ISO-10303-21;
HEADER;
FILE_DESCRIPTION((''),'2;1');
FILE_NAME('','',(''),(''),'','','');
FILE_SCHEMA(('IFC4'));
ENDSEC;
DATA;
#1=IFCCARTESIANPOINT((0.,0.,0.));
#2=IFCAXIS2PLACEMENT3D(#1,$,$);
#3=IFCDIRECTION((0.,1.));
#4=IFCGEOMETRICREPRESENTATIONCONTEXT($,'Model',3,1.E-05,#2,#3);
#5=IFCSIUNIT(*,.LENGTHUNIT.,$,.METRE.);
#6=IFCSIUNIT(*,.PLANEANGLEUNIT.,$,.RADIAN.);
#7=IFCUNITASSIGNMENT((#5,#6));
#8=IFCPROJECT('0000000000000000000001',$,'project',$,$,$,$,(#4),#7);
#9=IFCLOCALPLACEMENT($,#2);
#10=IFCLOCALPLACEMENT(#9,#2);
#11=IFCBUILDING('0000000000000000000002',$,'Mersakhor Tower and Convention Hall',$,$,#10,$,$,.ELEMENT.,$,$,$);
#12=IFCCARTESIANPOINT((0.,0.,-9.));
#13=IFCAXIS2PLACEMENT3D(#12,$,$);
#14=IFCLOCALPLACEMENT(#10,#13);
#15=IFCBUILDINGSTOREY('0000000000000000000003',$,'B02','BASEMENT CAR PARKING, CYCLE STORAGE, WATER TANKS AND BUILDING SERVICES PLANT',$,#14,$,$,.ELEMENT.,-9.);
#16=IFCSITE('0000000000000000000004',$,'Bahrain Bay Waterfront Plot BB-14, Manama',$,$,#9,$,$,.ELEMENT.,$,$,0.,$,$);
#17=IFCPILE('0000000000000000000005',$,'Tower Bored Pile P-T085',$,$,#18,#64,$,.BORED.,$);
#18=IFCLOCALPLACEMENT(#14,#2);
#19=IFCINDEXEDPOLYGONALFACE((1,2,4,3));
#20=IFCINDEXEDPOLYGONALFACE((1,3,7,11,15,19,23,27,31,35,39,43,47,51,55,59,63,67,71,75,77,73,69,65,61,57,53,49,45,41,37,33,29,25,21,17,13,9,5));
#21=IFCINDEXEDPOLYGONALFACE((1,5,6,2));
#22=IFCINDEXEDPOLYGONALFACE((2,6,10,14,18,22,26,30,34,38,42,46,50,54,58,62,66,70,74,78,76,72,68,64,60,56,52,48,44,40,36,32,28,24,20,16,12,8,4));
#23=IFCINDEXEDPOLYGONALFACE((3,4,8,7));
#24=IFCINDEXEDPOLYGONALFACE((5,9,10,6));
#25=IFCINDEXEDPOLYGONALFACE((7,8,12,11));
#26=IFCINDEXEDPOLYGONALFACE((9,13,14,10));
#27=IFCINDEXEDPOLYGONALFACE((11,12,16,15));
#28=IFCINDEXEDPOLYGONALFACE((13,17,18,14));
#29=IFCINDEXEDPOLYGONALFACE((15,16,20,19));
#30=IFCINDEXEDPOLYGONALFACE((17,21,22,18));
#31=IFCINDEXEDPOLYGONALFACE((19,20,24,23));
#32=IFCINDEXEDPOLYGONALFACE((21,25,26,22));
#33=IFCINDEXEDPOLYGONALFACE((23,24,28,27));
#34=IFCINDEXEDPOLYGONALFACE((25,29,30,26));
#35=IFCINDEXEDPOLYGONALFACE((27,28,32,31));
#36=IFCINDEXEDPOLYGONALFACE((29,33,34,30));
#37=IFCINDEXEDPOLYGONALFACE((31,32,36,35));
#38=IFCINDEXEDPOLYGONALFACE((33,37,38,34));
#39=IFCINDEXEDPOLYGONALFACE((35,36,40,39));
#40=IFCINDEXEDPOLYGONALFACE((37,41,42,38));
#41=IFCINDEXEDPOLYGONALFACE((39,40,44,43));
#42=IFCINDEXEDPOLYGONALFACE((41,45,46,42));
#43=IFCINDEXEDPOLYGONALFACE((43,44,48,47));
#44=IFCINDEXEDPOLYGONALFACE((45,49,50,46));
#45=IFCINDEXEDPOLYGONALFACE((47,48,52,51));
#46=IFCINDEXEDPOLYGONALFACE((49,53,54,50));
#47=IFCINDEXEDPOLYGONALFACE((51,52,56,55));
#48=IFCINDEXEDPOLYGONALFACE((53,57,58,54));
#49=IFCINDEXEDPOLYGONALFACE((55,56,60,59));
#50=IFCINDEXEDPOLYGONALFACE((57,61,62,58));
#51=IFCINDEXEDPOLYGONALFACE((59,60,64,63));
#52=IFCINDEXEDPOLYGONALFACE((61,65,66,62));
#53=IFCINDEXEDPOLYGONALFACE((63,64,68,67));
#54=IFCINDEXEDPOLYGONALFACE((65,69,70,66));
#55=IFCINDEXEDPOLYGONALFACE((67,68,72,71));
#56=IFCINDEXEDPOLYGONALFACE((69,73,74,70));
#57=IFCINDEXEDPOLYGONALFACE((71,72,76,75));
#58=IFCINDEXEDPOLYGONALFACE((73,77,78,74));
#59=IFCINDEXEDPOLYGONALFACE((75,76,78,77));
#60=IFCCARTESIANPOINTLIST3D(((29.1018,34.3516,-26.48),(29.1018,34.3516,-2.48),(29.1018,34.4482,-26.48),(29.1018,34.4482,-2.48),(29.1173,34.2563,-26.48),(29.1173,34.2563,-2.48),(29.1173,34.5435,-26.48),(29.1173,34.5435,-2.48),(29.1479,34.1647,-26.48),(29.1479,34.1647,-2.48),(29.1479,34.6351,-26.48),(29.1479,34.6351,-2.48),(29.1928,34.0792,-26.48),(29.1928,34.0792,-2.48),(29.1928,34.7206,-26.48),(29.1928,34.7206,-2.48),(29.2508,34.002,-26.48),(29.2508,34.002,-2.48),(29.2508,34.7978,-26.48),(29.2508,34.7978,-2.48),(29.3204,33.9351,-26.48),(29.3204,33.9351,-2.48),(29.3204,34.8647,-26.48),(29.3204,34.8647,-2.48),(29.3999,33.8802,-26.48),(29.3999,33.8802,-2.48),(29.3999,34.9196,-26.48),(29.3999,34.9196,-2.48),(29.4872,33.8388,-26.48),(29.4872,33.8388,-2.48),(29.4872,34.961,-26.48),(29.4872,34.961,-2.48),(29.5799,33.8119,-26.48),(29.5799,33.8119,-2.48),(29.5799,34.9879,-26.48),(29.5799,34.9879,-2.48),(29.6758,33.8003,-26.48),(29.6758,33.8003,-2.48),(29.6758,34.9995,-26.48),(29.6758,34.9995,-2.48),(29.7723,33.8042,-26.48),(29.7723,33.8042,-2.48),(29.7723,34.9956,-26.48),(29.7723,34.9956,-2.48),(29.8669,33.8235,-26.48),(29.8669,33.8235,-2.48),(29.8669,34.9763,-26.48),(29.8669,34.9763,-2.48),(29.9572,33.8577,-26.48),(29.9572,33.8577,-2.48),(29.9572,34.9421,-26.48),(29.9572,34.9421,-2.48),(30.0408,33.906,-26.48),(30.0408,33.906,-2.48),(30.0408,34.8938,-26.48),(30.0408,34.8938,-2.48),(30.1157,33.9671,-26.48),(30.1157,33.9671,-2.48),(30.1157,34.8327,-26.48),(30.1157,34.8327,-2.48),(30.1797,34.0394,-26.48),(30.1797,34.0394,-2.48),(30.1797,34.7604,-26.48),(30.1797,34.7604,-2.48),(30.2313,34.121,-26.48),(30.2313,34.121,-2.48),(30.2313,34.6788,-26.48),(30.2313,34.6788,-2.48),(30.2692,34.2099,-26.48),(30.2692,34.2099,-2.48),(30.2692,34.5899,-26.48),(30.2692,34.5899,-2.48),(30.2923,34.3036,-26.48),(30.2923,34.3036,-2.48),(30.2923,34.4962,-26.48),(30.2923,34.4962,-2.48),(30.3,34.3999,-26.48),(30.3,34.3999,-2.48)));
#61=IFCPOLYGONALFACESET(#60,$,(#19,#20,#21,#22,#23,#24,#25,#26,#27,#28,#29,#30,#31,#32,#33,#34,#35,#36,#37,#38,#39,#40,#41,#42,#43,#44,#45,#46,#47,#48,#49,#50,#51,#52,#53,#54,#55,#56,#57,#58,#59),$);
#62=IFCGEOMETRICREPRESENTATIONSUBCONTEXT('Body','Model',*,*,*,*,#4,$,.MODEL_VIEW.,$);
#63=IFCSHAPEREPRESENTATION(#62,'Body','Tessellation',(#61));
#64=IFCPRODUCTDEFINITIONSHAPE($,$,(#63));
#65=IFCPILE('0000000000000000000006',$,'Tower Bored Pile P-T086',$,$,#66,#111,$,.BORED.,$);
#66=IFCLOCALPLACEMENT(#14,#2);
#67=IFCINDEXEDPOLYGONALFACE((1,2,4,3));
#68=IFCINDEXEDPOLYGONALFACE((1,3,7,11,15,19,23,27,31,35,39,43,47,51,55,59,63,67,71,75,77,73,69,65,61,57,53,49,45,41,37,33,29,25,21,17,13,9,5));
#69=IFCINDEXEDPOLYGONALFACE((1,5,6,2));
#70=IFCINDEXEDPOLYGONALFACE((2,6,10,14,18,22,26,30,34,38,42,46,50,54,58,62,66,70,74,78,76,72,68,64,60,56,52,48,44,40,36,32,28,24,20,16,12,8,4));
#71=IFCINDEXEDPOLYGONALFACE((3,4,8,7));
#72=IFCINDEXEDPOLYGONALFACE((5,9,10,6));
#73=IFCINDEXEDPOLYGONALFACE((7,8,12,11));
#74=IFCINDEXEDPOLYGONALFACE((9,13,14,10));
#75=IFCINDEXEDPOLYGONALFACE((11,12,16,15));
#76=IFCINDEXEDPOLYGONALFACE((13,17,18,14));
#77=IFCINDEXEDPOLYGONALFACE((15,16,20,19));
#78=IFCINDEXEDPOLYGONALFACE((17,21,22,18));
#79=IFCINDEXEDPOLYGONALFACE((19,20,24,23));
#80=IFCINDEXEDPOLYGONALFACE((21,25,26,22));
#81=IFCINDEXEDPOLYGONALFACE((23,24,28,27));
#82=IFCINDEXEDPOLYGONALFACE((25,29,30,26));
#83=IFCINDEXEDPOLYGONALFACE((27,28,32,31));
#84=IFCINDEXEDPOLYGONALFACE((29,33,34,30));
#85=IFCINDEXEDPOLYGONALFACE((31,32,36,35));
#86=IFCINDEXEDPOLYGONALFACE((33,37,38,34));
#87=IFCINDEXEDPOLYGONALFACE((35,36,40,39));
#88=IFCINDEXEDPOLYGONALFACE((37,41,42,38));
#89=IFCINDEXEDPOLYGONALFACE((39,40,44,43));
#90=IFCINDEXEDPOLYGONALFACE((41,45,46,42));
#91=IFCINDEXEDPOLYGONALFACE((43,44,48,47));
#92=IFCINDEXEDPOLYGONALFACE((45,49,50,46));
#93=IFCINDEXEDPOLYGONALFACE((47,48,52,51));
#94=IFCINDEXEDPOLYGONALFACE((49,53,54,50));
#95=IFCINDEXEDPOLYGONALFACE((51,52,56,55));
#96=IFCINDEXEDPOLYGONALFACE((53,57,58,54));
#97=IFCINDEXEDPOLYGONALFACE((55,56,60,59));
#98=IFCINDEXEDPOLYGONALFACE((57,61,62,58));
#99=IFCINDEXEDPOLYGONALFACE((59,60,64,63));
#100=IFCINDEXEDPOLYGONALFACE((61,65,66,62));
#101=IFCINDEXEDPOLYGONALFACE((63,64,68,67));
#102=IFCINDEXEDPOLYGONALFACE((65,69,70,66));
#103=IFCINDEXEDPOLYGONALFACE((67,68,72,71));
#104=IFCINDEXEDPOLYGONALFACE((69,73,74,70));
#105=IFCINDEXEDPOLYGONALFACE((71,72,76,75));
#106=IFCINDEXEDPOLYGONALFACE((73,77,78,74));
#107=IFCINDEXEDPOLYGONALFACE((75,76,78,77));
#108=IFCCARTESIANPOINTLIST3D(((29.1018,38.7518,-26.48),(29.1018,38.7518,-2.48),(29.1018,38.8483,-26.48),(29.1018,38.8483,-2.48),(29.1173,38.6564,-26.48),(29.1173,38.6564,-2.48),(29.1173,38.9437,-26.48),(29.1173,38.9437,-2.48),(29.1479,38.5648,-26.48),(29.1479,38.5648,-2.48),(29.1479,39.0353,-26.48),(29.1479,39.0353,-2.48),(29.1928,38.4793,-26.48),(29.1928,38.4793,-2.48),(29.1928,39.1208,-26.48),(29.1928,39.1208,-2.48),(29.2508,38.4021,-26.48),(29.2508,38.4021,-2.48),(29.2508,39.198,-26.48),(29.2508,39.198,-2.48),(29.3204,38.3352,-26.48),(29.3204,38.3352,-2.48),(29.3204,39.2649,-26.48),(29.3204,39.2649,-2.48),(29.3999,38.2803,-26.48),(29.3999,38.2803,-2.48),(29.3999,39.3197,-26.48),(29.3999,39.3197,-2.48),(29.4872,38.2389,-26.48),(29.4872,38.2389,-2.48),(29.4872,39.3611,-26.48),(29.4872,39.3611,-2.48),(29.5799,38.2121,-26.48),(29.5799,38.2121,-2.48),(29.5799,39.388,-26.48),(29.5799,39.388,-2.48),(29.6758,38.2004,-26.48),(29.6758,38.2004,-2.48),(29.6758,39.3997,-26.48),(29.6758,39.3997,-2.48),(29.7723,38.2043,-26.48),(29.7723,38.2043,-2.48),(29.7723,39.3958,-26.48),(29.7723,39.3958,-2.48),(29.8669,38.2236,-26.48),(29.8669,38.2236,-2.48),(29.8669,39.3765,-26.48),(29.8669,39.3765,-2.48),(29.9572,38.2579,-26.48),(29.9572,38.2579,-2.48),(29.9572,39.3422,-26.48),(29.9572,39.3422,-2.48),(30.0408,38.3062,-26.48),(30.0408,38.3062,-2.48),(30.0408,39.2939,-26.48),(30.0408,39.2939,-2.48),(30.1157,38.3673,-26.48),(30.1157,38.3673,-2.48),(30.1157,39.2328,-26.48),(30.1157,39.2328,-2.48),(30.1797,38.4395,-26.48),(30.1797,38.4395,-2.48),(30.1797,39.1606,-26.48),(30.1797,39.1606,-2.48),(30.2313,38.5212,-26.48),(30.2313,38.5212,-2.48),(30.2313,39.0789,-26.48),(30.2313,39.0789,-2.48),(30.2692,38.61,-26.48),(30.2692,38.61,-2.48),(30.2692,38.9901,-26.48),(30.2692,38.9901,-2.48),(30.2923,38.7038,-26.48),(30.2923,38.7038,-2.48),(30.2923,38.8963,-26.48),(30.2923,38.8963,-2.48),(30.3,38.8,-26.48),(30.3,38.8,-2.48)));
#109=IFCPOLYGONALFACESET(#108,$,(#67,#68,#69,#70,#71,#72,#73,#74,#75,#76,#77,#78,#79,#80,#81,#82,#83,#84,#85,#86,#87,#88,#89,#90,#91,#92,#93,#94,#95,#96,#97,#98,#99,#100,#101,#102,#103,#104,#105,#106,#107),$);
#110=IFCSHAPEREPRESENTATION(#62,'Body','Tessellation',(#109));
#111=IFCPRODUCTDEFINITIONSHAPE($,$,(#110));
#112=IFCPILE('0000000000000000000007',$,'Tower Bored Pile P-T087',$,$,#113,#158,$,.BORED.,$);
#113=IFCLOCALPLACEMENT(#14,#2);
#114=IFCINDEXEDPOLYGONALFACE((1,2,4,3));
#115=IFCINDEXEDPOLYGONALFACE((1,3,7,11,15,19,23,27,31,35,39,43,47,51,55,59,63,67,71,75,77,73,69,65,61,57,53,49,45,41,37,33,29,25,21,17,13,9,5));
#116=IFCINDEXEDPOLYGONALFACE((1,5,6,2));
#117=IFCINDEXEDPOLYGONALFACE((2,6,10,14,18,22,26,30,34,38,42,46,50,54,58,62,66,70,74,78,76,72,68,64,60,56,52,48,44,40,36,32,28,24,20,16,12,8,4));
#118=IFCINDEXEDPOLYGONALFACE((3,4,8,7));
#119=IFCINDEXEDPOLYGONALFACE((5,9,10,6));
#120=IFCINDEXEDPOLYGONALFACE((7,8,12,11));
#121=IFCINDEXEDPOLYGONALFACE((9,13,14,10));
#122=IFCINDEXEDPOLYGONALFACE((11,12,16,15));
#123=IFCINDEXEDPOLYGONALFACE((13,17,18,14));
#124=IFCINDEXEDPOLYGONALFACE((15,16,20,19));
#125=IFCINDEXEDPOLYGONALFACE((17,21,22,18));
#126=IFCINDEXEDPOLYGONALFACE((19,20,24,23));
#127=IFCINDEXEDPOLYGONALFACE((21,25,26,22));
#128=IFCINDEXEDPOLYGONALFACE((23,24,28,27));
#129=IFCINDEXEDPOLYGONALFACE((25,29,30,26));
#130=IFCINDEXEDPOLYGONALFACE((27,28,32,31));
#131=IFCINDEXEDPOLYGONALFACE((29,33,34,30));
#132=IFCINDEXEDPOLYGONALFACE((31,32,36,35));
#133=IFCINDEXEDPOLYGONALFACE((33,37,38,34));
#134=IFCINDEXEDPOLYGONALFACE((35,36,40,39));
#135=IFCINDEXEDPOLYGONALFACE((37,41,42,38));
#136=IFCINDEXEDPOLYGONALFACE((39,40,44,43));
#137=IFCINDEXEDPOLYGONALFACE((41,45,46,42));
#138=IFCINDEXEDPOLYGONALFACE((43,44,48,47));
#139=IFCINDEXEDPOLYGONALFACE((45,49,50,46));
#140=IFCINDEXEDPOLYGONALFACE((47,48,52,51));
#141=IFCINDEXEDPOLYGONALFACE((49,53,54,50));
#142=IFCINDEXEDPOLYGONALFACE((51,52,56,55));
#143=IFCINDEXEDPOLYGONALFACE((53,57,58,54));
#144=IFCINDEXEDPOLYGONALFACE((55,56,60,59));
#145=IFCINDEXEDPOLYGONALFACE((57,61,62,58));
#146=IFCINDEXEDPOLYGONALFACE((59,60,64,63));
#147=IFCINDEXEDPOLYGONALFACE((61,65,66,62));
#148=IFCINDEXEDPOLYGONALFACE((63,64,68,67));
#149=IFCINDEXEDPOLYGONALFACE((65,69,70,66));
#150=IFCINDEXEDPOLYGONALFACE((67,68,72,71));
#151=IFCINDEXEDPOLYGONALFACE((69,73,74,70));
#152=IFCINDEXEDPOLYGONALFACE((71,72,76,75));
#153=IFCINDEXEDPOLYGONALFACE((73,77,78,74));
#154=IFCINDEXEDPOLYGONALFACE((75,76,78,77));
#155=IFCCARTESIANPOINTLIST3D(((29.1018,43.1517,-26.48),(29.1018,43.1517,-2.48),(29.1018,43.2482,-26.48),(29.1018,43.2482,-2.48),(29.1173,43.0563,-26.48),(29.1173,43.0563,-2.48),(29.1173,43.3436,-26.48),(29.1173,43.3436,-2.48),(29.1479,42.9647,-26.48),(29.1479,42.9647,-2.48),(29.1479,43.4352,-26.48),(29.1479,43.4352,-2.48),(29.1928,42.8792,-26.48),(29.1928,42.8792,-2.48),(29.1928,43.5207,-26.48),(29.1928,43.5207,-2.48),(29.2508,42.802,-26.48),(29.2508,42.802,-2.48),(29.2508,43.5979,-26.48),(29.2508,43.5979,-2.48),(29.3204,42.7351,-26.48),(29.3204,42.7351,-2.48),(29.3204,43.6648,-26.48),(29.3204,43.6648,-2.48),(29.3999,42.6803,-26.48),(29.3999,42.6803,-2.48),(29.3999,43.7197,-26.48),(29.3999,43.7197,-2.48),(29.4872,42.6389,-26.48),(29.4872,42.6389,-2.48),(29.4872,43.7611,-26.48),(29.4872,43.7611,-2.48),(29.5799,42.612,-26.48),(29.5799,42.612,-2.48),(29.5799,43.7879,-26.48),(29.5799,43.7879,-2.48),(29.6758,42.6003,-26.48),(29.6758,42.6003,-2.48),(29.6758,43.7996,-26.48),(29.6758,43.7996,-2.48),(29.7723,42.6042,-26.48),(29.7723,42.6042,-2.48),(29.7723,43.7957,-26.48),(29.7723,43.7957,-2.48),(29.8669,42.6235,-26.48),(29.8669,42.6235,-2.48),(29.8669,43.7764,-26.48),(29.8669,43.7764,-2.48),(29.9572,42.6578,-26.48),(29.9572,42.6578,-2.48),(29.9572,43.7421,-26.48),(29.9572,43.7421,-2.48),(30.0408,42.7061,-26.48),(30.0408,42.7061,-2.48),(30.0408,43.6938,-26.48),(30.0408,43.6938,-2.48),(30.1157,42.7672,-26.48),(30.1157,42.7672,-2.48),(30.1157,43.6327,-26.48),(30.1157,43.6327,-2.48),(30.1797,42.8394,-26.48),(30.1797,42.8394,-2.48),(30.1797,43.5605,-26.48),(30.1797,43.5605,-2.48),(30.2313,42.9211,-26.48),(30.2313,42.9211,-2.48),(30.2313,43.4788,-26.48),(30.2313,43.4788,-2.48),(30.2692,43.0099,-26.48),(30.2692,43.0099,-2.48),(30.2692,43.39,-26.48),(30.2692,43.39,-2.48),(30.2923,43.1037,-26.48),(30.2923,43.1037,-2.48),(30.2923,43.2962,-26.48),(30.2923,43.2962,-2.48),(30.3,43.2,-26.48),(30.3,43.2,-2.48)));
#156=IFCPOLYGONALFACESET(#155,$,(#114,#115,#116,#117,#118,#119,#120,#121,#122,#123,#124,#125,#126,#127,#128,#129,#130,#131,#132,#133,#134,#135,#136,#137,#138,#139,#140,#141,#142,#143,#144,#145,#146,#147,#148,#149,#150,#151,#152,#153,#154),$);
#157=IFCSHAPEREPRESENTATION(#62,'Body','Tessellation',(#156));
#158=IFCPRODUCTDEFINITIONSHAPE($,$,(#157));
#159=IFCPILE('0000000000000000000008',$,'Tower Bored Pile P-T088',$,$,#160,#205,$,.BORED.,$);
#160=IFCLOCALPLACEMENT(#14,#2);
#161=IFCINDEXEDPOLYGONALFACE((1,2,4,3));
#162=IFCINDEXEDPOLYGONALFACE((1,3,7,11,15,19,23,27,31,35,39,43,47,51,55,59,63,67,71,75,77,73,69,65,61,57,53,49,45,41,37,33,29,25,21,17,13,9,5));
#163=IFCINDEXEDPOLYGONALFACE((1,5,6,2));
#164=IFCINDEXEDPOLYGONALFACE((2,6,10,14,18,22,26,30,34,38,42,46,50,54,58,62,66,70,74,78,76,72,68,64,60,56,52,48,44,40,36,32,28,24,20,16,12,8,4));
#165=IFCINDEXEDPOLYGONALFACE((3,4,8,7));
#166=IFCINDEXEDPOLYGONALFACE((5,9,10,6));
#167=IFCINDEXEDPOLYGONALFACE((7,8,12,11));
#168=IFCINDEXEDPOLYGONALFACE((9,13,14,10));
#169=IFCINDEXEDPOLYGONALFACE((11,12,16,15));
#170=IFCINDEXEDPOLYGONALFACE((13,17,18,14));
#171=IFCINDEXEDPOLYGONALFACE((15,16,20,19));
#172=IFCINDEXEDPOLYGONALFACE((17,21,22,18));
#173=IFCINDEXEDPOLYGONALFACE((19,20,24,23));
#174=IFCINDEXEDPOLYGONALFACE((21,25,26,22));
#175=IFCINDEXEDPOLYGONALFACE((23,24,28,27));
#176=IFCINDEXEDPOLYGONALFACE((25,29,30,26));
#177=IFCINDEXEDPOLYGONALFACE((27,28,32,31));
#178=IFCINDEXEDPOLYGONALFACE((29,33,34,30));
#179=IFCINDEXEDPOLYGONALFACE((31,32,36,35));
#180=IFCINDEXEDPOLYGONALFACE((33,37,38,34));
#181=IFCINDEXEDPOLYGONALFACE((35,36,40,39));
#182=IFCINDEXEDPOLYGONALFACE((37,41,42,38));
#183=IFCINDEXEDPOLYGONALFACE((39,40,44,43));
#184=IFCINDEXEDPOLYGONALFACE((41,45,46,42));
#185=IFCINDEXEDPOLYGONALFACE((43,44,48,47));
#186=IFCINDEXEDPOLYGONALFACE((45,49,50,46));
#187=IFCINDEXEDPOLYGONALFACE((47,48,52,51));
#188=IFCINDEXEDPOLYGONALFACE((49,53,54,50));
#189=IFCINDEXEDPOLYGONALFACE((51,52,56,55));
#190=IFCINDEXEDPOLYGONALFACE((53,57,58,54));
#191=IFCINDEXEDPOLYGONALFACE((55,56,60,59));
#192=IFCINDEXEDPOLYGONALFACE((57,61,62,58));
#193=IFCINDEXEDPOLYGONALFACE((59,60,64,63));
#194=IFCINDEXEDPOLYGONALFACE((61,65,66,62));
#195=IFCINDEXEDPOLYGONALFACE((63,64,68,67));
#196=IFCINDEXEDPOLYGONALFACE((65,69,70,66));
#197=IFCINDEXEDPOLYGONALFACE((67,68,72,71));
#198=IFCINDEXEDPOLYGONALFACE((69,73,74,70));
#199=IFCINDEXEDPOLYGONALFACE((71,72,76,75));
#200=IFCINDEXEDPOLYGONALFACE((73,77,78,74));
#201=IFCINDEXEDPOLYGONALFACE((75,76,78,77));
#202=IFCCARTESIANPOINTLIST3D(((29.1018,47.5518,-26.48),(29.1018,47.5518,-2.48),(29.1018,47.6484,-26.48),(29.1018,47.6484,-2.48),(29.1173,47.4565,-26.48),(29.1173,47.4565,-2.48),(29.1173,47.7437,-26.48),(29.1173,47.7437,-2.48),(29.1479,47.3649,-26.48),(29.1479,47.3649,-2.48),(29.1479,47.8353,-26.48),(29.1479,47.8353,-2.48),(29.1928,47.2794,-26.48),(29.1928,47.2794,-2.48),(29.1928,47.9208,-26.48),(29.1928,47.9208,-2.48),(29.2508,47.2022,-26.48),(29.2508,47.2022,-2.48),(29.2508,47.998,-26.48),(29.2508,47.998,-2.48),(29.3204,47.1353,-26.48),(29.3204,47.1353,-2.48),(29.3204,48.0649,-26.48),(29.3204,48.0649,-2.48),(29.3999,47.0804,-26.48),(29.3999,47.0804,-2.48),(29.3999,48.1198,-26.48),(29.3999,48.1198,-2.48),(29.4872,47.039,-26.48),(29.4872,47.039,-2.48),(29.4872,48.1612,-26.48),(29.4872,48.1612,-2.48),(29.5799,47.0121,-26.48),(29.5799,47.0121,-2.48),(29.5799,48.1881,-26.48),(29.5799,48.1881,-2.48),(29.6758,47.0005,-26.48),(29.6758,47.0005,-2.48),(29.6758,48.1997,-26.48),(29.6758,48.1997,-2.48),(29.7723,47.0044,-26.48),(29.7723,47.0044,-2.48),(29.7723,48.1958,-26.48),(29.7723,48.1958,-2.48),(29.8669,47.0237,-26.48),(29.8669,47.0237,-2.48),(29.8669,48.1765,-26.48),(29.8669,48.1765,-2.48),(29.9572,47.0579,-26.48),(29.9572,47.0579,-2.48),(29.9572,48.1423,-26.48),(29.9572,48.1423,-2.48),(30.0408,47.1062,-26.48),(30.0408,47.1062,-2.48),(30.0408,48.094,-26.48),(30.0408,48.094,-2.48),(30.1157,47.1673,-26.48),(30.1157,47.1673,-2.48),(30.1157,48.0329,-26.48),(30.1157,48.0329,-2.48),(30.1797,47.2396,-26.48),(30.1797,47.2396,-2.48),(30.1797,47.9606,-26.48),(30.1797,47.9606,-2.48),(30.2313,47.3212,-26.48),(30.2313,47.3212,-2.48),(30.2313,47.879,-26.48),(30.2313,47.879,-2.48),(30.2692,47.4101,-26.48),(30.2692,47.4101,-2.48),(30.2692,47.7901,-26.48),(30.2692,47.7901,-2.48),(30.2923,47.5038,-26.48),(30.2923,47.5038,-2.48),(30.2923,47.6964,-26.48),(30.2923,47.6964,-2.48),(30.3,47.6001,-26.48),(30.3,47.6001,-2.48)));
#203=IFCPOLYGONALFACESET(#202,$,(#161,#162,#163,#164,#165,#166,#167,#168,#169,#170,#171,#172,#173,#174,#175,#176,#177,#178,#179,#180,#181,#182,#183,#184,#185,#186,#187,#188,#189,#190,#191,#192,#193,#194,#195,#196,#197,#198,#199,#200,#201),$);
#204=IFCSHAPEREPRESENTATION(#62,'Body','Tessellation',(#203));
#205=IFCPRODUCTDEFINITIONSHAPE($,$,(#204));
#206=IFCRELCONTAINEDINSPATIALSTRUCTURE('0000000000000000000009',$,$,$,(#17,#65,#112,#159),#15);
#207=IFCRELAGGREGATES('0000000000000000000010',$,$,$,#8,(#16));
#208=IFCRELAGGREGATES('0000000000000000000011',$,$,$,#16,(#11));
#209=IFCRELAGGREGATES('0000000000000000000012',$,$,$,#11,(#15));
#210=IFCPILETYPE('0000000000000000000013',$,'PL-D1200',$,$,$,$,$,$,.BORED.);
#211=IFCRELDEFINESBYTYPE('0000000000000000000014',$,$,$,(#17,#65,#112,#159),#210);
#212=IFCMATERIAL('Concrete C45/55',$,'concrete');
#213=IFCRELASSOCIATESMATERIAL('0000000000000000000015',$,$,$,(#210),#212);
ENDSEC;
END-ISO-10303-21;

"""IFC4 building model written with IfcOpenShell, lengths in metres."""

from ifc_helpers import new_model, si_unit, direction, frame, origin, origin_2d, place, context, subcontext, project, spatial, circle, extrude, material, material_profile, profile_set, type_object, element, save


model = new_model("IFC4")

# Units and contexts
model_context = context("Model", 3, precision=1e-05, world=origin(), true_north=direction((0.0, 1.0)))
body_context = subcontext(model_context, "Body", "Model", "MODEL_VIEW")
ifc_project = project(units=[si_unit("LENGTHUNIT", "METRE"), si_unit("PLANEANGLEUNIT", "RADIAN")], contexts=[model_context])

# Site, building, storey
site_placement = place(None, origin())
site = spatial("IfcSite", under=ifc_project, at=site_placement, Name="Bahrain Bay Waterfront Plot BB-14, Manama", CompositionType="ELEMENT", RefElevation=0.0)
building_placement = place(site_placement, origin())
building = spatial("IfcBuilding", under=site, at=building_placement, Name="Mersakhor Tower and Convention Hall", CompositionType="ELEMENT")
storey_placement = place(building_placement, frame((0.0, 0.0, -9.0)))
storey = spatial("IfcBuildingStorey", under=building, at=storey_placement, Name="B02", Description="BASEMENT CAR PARKING, CYCLE STORAGE, WATER TANKS AND BUILDING SERVICES PLANT", CompositionType="ELEMENT", Elevation=-9.0)

# Piles
ifc_material_1 = material(Name="Concrete C45/55", Category="concrete")
ifc_material_profile_1 = material_profile(ifc_material_1, circle(Radius=0.6001, at=origin_2d()), Name="PILE D1200")
ifc_profile_set_1 = profile_set([ifc_material_profile_1], Name="Concrete C45/55")
pile_type = type_object("IfcPileType", Name="PL-D1200", PredefinedType="BORED", material=ifc_profile_set_1)
for number, where, z_axis, x_axis, name in (
    (1, (29.7, 34.3999, -2.48), (0.0, 0.0, -1.0), (1.0, 0.0, 0.0), "Tower Bored Pile P-T085"),
    (2, (29.7, 38.8, -2.48), (0.0, 0.0, -1.0), (1.0, 0.0, 0.0), "Tower Bored Pile P-T086"),
    (3, (29.7, 43.2, -2.48), (0.0, 0.0, -1.0), (1.0, 0.0, 0.0), "Tower Bored Pile P-T087"),
    (4, (29.7, 47.6001, -2.48), (0.0, 0.0, -1.0), (1.0, 0.0, 0.0), "Tower Bored Pile P-T088"),
):
    element("IfcPile", number, at=place(storey_placement, frame(where, z_axis=z_axis, x_axis=x_axis)), inside=storey, type_object=pile_type, Name=name, PredefinedType="BORED", context=body_context, shape_type="SweptSolid", body=[
        extrude(circle(Radius=0.6001, at=origin_2d()), origin(), (0.0, 0.0, 1.0), 24.0),
    ])

save(model, "model.ifc")
